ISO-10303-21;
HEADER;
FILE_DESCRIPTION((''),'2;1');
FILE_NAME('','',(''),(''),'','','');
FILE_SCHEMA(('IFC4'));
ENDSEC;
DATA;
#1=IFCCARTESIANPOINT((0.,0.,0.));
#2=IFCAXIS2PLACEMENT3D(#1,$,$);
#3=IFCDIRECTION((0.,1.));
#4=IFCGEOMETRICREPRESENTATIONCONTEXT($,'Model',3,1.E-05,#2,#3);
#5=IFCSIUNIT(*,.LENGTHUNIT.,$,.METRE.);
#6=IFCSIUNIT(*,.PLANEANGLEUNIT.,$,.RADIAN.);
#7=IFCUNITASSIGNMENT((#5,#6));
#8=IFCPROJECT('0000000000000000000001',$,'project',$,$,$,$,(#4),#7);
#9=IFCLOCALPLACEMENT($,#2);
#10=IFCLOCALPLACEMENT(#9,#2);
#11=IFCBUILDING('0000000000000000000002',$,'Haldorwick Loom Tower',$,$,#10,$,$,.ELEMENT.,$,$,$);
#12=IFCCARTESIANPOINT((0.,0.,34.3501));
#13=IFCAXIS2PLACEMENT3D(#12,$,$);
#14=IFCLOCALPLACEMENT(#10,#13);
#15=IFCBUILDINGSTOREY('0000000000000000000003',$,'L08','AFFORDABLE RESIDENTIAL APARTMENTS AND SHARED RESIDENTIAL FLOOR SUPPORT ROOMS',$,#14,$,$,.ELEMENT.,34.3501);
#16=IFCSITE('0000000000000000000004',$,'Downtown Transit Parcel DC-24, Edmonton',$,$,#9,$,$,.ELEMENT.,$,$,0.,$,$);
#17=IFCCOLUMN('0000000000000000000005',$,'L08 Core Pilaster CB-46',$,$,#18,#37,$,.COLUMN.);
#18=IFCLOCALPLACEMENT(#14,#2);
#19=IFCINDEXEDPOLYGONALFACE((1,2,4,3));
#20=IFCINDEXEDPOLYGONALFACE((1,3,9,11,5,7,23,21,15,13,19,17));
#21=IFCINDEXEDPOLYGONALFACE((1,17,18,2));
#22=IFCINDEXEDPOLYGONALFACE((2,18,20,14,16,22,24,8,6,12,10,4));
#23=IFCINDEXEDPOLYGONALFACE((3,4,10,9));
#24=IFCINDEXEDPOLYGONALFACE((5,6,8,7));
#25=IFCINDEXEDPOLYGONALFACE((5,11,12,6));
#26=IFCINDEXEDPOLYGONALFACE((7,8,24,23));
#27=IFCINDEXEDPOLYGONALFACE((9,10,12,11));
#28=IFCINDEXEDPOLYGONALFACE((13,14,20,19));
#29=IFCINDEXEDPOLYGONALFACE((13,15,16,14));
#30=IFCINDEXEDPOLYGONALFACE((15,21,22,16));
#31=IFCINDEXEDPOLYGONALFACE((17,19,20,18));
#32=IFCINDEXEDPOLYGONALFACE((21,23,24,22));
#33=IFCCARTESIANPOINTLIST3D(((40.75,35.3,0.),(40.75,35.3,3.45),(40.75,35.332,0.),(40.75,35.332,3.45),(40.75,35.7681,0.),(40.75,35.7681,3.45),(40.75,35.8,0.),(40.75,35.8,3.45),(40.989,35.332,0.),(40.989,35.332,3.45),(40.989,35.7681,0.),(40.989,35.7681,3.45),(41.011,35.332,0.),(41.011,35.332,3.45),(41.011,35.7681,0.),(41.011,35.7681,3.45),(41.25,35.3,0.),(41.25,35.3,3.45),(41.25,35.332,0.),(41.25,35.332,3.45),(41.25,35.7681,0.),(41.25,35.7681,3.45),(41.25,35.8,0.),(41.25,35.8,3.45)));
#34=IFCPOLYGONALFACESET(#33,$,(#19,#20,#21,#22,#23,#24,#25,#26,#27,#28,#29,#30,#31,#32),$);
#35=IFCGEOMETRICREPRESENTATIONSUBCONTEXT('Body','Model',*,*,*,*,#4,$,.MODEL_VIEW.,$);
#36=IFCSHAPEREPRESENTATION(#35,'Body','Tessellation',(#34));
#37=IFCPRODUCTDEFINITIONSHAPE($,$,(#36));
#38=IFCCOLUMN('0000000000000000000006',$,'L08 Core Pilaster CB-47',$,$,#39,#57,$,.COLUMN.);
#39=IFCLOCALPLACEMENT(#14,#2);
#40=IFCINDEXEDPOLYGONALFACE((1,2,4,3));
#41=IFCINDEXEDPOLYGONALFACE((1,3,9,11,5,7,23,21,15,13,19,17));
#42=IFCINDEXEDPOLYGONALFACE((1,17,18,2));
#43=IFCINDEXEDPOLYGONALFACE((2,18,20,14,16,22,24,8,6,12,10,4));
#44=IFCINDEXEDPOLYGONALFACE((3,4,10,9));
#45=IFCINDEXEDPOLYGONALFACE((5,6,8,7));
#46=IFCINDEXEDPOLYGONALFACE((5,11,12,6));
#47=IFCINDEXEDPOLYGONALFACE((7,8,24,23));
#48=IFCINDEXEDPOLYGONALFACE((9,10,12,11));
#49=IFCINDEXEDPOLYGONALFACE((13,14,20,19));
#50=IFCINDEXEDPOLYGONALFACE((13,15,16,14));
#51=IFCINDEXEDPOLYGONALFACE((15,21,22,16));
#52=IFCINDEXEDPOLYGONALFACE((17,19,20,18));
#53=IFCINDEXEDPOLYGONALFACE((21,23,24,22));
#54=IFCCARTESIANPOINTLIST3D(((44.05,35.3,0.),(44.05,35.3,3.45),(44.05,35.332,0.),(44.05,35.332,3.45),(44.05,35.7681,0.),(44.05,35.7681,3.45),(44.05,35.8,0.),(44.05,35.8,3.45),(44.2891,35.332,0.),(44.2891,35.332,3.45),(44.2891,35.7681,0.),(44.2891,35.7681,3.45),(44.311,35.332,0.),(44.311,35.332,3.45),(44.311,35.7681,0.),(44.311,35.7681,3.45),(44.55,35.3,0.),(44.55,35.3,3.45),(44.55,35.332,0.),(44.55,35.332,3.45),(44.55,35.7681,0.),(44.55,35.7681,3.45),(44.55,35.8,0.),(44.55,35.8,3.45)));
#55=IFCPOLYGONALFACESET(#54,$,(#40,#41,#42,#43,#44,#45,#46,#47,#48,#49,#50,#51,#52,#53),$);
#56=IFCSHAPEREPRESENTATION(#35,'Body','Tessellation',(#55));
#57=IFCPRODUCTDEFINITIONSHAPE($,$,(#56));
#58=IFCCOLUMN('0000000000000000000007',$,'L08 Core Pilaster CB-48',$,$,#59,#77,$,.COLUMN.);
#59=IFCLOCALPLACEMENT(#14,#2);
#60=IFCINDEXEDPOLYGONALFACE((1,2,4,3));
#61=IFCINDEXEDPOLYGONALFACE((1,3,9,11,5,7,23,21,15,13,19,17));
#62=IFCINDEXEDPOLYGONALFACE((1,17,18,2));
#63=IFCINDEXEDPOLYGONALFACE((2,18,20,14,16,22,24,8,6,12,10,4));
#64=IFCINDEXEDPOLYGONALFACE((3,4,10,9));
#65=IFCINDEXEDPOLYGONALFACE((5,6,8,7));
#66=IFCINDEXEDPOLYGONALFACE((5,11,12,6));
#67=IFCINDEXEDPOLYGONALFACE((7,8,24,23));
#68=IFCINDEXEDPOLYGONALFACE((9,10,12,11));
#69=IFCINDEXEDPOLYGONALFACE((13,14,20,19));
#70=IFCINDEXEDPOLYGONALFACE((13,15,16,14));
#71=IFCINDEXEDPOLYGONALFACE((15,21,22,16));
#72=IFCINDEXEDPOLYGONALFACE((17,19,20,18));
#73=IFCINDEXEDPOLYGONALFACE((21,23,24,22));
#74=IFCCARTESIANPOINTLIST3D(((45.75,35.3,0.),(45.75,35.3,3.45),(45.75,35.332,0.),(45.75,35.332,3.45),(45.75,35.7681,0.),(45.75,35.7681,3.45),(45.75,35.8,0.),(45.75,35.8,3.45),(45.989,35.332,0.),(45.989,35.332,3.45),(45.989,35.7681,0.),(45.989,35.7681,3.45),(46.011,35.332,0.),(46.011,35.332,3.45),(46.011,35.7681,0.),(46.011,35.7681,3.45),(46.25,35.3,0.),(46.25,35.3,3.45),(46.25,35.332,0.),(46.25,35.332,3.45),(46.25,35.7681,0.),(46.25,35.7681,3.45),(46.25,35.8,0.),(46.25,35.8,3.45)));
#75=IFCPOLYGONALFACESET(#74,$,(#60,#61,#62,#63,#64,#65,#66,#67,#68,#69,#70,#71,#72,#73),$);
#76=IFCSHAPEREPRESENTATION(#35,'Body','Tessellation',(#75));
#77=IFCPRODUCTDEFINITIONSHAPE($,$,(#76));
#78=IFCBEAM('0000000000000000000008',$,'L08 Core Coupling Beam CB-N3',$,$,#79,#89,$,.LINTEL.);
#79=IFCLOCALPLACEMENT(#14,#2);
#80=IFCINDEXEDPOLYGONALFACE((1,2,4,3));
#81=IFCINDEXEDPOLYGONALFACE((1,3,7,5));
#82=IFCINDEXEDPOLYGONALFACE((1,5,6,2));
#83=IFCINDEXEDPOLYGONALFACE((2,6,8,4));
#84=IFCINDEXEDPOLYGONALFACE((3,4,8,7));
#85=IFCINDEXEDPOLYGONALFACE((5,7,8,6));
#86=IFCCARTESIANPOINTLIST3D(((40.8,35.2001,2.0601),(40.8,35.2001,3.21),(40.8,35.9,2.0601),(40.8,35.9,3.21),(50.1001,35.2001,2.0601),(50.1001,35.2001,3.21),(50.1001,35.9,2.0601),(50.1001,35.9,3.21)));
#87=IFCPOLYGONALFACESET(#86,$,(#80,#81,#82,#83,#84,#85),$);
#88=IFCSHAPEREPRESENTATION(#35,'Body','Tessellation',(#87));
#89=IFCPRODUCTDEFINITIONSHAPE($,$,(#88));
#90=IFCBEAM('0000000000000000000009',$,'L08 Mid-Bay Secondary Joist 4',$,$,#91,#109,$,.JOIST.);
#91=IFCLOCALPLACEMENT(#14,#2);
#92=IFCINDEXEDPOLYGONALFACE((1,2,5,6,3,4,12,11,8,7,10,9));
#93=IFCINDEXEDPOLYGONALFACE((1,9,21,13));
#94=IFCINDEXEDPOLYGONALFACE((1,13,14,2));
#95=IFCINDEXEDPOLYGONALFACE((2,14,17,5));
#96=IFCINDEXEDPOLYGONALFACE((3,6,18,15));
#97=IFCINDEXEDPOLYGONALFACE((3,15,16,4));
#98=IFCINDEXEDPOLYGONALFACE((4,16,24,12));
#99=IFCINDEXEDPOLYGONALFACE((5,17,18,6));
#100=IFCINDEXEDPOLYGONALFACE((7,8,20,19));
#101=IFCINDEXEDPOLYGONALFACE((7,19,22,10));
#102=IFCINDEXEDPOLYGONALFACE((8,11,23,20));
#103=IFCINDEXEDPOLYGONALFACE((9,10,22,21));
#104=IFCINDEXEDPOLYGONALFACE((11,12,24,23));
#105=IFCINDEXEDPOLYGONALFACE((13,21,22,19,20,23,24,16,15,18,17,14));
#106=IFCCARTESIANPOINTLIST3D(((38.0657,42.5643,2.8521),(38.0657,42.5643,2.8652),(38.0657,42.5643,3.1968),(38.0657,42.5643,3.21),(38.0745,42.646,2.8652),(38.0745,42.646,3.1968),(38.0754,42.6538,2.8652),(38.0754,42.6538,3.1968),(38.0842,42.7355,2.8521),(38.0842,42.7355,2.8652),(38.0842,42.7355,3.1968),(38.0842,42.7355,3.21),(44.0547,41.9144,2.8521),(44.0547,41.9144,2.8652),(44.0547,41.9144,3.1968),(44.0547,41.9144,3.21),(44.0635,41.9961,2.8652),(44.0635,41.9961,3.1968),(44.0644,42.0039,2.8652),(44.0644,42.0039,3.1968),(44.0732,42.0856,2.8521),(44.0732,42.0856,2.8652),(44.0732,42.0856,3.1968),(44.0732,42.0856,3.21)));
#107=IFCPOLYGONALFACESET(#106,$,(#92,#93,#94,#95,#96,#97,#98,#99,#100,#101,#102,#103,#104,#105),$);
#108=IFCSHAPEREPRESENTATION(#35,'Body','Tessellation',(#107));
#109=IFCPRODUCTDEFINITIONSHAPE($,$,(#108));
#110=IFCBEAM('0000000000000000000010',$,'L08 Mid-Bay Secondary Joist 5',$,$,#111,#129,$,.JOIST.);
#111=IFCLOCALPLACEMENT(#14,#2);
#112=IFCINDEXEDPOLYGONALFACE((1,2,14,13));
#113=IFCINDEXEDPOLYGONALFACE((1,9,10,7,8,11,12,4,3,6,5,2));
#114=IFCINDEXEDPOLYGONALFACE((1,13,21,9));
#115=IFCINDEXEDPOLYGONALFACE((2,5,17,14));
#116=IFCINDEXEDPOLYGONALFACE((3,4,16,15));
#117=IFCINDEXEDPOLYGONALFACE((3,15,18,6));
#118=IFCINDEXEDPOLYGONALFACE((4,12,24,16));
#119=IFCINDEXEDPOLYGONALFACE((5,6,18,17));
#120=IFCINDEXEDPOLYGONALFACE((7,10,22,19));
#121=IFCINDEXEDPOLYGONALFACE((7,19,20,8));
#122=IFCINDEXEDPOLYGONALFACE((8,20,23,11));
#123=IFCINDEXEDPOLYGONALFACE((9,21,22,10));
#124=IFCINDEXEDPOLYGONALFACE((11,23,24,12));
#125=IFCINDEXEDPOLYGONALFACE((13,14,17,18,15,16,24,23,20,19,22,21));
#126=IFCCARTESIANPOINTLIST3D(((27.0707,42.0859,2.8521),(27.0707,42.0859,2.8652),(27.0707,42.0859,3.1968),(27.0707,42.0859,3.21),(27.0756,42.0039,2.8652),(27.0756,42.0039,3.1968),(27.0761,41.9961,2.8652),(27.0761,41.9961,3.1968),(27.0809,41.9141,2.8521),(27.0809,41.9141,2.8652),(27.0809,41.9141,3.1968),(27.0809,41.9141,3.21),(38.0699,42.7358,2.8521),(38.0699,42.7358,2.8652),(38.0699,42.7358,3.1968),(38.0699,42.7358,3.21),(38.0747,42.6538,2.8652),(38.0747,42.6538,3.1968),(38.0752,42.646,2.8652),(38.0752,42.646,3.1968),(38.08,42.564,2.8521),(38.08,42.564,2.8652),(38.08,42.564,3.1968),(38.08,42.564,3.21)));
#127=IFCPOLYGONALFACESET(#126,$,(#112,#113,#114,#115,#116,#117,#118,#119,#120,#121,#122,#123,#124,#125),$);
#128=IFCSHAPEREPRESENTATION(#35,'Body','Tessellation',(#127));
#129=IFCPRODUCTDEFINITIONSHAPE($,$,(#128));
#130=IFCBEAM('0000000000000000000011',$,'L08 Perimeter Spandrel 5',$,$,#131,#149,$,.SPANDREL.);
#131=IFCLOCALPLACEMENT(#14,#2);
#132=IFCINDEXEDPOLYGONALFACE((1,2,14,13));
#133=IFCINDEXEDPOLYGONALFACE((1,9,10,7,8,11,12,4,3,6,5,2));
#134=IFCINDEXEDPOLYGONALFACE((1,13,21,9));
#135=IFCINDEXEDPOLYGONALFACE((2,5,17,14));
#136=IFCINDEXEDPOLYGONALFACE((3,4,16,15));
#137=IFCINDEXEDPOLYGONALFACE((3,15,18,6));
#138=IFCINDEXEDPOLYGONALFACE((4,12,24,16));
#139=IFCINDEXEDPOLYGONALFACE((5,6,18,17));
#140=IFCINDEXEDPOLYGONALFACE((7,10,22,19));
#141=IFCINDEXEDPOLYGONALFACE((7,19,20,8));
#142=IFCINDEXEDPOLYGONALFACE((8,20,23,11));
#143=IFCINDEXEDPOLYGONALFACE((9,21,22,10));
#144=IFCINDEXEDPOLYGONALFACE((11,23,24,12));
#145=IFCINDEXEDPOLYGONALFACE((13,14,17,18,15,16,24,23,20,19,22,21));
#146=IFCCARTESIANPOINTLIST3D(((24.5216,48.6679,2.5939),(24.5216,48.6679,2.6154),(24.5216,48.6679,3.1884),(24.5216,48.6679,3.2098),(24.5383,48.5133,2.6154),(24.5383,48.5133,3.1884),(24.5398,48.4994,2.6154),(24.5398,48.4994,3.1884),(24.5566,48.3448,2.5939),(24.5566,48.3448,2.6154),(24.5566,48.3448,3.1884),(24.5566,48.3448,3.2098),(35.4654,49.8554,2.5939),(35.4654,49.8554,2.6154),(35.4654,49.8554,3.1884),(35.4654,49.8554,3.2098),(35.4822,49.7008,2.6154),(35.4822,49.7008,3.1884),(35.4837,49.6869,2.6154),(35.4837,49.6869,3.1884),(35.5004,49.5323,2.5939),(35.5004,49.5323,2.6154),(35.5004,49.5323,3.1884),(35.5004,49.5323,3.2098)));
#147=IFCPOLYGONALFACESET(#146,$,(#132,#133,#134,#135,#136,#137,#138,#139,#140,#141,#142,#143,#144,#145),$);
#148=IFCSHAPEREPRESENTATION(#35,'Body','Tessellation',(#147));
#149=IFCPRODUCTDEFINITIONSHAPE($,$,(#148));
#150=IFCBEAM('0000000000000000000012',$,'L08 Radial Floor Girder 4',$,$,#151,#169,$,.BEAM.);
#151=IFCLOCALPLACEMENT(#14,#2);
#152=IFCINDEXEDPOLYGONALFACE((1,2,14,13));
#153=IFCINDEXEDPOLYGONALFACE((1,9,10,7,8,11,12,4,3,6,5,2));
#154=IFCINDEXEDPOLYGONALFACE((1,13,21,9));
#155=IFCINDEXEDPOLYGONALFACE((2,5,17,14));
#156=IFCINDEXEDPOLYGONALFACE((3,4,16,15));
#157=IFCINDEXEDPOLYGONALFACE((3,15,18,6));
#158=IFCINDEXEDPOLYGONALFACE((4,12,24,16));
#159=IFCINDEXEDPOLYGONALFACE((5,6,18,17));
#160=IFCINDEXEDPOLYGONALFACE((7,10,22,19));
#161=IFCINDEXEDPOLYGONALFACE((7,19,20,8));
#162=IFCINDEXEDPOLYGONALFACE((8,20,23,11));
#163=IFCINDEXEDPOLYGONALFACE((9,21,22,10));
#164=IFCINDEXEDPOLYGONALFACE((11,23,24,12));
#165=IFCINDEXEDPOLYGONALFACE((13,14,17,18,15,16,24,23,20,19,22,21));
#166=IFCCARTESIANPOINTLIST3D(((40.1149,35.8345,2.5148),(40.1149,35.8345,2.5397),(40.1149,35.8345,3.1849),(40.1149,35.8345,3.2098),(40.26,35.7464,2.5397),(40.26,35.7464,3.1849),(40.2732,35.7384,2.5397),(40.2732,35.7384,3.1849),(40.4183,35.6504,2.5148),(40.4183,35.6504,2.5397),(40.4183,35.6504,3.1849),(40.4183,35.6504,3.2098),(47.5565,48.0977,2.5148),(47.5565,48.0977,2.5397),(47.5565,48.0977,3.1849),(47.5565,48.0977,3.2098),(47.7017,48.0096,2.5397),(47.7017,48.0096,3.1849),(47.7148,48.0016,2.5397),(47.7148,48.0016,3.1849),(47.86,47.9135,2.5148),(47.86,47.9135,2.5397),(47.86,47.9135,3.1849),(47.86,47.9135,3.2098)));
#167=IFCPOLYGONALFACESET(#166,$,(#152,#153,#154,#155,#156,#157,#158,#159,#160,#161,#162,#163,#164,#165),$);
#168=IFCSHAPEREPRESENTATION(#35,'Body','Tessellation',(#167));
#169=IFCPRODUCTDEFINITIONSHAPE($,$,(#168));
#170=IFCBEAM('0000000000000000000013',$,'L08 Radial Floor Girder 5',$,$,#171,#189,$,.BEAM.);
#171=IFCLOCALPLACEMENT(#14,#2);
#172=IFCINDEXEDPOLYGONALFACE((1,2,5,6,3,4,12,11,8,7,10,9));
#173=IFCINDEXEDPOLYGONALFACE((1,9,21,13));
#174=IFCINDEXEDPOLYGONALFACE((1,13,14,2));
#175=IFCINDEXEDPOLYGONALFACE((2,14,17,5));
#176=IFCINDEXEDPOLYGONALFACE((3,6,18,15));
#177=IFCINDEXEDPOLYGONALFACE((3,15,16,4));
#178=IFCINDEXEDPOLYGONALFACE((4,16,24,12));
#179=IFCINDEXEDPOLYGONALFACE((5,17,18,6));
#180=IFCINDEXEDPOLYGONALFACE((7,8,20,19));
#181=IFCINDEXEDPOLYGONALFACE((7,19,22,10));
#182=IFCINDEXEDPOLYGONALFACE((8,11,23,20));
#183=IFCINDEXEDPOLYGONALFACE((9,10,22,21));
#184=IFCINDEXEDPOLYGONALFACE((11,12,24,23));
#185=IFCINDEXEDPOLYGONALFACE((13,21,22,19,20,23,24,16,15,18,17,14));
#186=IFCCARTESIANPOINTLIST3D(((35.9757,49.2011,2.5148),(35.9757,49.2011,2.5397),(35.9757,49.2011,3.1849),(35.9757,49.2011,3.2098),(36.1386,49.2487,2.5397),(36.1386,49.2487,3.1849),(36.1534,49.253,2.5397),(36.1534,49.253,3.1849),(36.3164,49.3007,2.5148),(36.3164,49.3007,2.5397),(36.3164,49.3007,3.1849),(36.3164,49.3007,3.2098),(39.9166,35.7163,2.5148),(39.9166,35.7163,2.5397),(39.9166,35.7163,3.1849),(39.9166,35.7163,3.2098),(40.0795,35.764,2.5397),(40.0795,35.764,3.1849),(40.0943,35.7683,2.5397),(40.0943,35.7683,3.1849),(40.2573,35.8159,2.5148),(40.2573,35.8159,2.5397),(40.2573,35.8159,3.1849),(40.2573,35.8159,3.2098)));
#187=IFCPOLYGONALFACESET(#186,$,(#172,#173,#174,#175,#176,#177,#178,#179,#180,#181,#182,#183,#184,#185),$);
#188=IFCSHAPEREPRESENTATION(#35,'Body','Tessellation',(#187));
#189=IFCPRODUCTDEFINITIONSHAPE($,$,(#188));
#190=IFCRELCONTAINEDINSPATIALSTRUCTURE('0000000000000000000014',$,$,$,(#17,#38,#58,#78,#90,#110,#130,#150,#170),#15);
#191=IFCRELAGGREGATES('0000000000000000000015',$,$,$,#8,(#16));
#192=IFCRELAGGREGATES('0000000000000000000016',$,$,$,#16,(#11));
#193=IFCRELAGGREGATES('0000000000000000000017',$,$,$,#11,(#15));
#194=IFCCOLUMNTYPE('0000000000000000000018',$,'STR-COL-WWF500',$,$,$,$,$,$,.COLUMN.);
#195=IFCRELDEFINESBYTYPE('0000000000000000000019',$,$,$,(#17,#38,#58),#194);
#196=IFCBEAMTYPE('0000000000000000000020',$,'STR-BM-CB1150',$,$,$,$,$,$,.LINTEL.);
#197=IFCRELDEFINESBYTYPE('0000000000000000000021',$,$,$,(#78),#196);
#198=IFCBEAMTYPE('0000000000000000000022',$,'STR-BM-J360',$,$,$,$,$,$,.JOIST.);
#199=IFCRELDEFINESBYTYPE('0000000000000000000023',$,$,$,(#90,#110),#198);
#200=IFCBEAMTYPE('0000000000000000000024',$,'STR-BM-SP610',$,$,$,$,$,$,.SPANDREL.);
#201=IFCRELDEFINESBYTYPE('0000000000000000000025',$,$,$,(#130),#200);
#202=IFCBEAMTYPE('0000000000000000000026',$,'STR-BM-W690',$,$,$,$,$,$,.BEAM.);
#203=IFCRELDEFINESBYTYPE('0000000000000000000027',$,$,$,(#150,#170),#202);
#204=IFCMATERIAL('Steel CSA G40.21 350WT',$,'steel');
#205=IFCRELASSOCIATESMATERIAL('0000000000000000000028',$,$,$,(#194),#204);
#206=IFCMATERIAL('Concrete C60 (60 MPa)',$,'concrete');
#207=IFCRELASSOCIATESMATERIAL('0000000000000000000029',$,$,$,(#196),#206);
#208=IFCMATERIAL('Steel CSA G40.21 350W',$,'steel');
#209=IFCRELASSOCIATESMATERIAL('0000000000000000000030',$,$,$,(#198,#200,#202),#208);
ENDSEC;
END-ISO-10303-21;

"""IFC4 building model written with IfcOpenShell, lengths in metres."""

from ifc_helpers import new_model, si_unit, direction, frame, origin, origin_2d, place, context, subcontext, project, spatial, rectangle, i_section, extrude, material, material_profile, profile_set, type_object, element, save


model = new_model("IFC4")

# Units and contexts
model_context = context("Model", 3, precision=1e-05, world=origin(), true_north=direction((0.0, 1.0)))
body_context = subcontext(model_context, "Body", "Model", "MODEL_VIEW")
ifc_project = project(units=[si_unit("LENGTHUNIT", "METRE"), si_unit("PLANEANGLEUNIT", "RADIAN")], contexts=[model_context])

# Site, building, storey
site_placement = place(None, origin())
site = spatial("IfcSite", under=ifc_project, at=site_placement, Name="Downtown Transit Parcel DC-24, Edmonton", CompositionType="ELEMENT", RefElevation=0.0)
building_placement = place(site_placement, origin())
building = spatial("IfcBuilding", under=site, at=building_placement, Name="Haldorwick Loom Tower", CompositionType="ELEMENT")
storey_placement = place(building_placement, frame((0.0, 0.0, 34.3501)))
storey = spatial("IfcBuildingStorey", under=building, at=storey_placement, Name="L08", Description="AFFORDABLE RESIDENTIAL APARTMENTS AND SHARED RESIDENTIAL FLOOR SUPPORT ROOMS", CompositionType="ELEMENT", Elevation=34.3501)

# Columns
ifc_material_1 = material(Name="Concrete C60 (60 MPa)", Category="concrete")
ifc_material_2 = material(Name="Steel CSA G40.21 350WT", Category="steel")
ifc_material_profile_1 = material_profile(ifc_material_2, i_section(OverallWidth=0.5, OverallDepth=0.5, WebThickness=0.022, FlangeThickness=0.032, at=origin_2d()), Name="WWF500X500", Category="steel")
ifc_profile_set_1 = profile_set([ifc_material_profile_1], Name="Steel CSA G40.21 350WT")
column_type_1 = type_object("IfcColumnType", Name="STR-COL-WWF500", PredefinedType="COLUMN", material=ifc_profile_set_1)
for number, where, z_axis, x_axis, name in (
    (1, (41.0, 35.55, 0.0), (0.0, 0.0, 1.0), (1.0, 0.0, 0.0), "L08 Core Pilaster CB-46"),
    (2, (44.3, 35.55, 0.0), (0.0, 0.0, 1.0), (1.0, 0.0, 0.0), "L08 Core Pilaster CB-47"),
    (3, (46.0, 35.55, 0.0), (0.0, 0.0, 1.0), (1.0, 0.0, 0.0), "L08 Core Pilaster CB-48"),
):
    element("IfcColumn", number, at=place(storey_placement, frame(where, z_axis=z_axis, x_axis=x_axis)), inside=storey, type_object=column_type_1, Name=name, PredefinedType="COLUMN", context=body_context, shape_type="SweptSolid", body=[
        extrude(i_section(OverallWidth=0.5, OverallDepth=0.5, WebThickness=0.022, FlangeThickness=0.032, at=origin_2d()), origin(), (0.0, 0.0, 1.0), 3.45),
    ])

# Beams
ifc_material_profile_2 = material_profile(ifc_material_1, rectangle(XDim=0.7, YDim=1.1499, at=origin_2d()), Name="RC700X1150", Category="concrete")
ifc_profile_set_2 = profile_set([ifc_material_profile_2], Name="Concrete C60 (60 MPa)")
beam_type_1 = type_object("IfcBeamType", Name="STR-BM-CB1150", PredefinedType="LINTEL", material=ifc_profile_set_2)
beam_1_placement = place(storey_placement, frame((40.8, 35.55, 2.635), z_axis=(1.0, 0.0, 0.0), x_axis=(0.0, 1.0, 0.0)))
element("IfcBeam", 4, at=beam_1_placement, inside=storey, type_object=beam_type_1, Name="L08 Core Coupling Beam CB-N3", PredefinedType="LINTEL", context=body_context, shape_type="SweptSolid", body=[
    extrude(rectangle(XDim=0.7, YDim=1.1499, at=origin_2d()), origin(), (0.0, 0.0, 1.0), 9.3),
])
ifc_material_3 = material(Name="Steel CSA G40.21 350W", Category="steel")
ifc_material_profile_3 = material_profile(ifc_material_3, i_section(OverallWidth=0.1721, OverallDepth=0.3579, WebThickness=0.0078, FlangeThickness=0.0132, at=origin_2d()), Name="W360X57", Category="steel")
ifc_profile_set_3 = profile_set([ifc_material_profile_3], Name="Steel CSA G40.21 350W")
beam_type_2 = type_object("IfcBeamType", Name="STR-BM-J360", PredefinedType="JOIST", material=ifc_profile_set_3)
beam_2_placement = place(storey_placement, frame((44.064, 42.0, 3.031), z_axis=(-0.994164, 0.107882, 0.0), x_axis=(-0.107882, -0.994164, 0.0)))
element("IfcBeam", 5, at=beam_2_placement, inside=storey, type_object=beam_type_2, Name="L08 Mid-Bay Secondary Joist 4", PredefinedType="JOIST", context=body_context, shape_type="SweptSolid", body=[
    extrude(i_section(OverallWidth=0.1721, OverallDepth=0.3579, WebThickness=0.0078, FlangeThickness=0.0132, at=origin_2d()), origin(), (0.0, 0.0, 1.0), 6.0242),
])
beam_3_placement = place(storey_placement, frame((38.075, 42.6499, 3.031), z_axis=(-0.998259, -0.058984, 0.0), x_axis=(0.058984, -0.998259, 0.0)))
element("IfcBeam", 6, at=beam_3_placement, inside=storey, type_object=beam_type_2, Name="L08 Mid-Bay Secondary Joist 5", PredefinedType="JOIST", context=body_context, shape_type="SweptSolid", body=[
    extrude(i_section(OverallWidth=0.1721, OverallDepth=0.3579, WebThickness=0.0078, FlangeThickness=0.0132, at=origin_2d()), origin(), (0.0, 0.0, 1.0), 11.0183),
])
ifc_material_profile_4 = material_profile(ifc_material_3, i_section(OverallWidth=0.325, OverallDepth=0.616, WebThickness=0.0139, FlangeThickness=0.0215, at=origin_2d()), Name="W610X174", Category="steel")
ifc_profile_set_4 = profile_set([ifc_material_profile_4], Name="Steel CSA G40.21 350W")
beam_type_3 = type_object("IfcBeamType", Name="STR-BM-SP610", PredefinedType="SPANDREL", material=ifc_profile_set_4)
beam_4_placement = place(storey_placement, frame((35.4829, 49.6938, 2.9019), z_axis=(-0.994164, -0.107875, 0.0), x_axis=(0.107875, -0.994164, 0.0)))
element("IfcBeam", 7, at=beam_4_placement, inside=storey, type_object=beam_type_3, Name="L08 Perimeter Spandrel 5", PredefinedType="SPANDREL", context=body_context, shape_type="SweptSolid", body=[
    extrude(i_section(OverallWidth=0.325, OverallDepth=0.616, WebThickness=0.0139, FlangeThickness=0.0215, at=origin_2d()), origin(), (0.0, 0.0, 1.0), 11.0081),
])
ifc_material_profile_5 = material_profile(ifc_material_3, i_section(OverallWidth=0.355, OverallDepth=0.6951, WebThickness=0.0154, FlangeThickness=0.0249, at=origin_2d()), Name="W690X217", Category="steel")
ifc_profile_set_5 = profile_set([ifc_material_profile_5], Name="Steel CSA G40.21 350W")
beam_type_4 = type_object("IfcBeamType", Name="STR-BM-W690", PredefinedType="BEAM", material=ifc_profile_set_5)
beam_5_placement = place(storey_placement, frame((40.2666, 35.7424, 2.8623), z_axis=(0.518782, 0.854907, 0.0), x_axis=(-0.854907, 0.518782, 0.0)))
element("IfcBeam", 8, at=beam_5_placement, inside=storey, type_object=beam_type_4, Name="L08 Radial Floor Girder 4", PredefinedType="BEAM", context=body_context, shape_type="SweptSolid", body=[
    extrude(i_section(OverallWidth=0.355, OverallDepth=0.6951, WebThickness=0.0154, FlangeThickness=0.0249, at=origin_2d()), origin(), (0.0, 0.0, 1.0), 14.3445),
])
beam_6_placement = place(storey_placement, frame((40.0869, 35.7661, 2.8623), z_axis=(-0.280514, 0.95985, 0.0), x_axis=(-0.95985, -0.280514, 0.0)))
element("IfcBeam", 9, at=beam_6_placement, inside=storey, type_object=beam_type_4, Name="L08 Radial Floor Girder 5", PredefinedType="BEAM", context=body_context, shape_type="SweptSolid", body=[
    extrude(i_section(OverallWidth=0.355, OverallDepth=0.6951, WebThickness=0.0154, FlangeThickness=0.0249, at=origin_2d()), origin(), (0.0, 0.0, 1.0), 14.0488),
])

save(model, "model.ifc")
